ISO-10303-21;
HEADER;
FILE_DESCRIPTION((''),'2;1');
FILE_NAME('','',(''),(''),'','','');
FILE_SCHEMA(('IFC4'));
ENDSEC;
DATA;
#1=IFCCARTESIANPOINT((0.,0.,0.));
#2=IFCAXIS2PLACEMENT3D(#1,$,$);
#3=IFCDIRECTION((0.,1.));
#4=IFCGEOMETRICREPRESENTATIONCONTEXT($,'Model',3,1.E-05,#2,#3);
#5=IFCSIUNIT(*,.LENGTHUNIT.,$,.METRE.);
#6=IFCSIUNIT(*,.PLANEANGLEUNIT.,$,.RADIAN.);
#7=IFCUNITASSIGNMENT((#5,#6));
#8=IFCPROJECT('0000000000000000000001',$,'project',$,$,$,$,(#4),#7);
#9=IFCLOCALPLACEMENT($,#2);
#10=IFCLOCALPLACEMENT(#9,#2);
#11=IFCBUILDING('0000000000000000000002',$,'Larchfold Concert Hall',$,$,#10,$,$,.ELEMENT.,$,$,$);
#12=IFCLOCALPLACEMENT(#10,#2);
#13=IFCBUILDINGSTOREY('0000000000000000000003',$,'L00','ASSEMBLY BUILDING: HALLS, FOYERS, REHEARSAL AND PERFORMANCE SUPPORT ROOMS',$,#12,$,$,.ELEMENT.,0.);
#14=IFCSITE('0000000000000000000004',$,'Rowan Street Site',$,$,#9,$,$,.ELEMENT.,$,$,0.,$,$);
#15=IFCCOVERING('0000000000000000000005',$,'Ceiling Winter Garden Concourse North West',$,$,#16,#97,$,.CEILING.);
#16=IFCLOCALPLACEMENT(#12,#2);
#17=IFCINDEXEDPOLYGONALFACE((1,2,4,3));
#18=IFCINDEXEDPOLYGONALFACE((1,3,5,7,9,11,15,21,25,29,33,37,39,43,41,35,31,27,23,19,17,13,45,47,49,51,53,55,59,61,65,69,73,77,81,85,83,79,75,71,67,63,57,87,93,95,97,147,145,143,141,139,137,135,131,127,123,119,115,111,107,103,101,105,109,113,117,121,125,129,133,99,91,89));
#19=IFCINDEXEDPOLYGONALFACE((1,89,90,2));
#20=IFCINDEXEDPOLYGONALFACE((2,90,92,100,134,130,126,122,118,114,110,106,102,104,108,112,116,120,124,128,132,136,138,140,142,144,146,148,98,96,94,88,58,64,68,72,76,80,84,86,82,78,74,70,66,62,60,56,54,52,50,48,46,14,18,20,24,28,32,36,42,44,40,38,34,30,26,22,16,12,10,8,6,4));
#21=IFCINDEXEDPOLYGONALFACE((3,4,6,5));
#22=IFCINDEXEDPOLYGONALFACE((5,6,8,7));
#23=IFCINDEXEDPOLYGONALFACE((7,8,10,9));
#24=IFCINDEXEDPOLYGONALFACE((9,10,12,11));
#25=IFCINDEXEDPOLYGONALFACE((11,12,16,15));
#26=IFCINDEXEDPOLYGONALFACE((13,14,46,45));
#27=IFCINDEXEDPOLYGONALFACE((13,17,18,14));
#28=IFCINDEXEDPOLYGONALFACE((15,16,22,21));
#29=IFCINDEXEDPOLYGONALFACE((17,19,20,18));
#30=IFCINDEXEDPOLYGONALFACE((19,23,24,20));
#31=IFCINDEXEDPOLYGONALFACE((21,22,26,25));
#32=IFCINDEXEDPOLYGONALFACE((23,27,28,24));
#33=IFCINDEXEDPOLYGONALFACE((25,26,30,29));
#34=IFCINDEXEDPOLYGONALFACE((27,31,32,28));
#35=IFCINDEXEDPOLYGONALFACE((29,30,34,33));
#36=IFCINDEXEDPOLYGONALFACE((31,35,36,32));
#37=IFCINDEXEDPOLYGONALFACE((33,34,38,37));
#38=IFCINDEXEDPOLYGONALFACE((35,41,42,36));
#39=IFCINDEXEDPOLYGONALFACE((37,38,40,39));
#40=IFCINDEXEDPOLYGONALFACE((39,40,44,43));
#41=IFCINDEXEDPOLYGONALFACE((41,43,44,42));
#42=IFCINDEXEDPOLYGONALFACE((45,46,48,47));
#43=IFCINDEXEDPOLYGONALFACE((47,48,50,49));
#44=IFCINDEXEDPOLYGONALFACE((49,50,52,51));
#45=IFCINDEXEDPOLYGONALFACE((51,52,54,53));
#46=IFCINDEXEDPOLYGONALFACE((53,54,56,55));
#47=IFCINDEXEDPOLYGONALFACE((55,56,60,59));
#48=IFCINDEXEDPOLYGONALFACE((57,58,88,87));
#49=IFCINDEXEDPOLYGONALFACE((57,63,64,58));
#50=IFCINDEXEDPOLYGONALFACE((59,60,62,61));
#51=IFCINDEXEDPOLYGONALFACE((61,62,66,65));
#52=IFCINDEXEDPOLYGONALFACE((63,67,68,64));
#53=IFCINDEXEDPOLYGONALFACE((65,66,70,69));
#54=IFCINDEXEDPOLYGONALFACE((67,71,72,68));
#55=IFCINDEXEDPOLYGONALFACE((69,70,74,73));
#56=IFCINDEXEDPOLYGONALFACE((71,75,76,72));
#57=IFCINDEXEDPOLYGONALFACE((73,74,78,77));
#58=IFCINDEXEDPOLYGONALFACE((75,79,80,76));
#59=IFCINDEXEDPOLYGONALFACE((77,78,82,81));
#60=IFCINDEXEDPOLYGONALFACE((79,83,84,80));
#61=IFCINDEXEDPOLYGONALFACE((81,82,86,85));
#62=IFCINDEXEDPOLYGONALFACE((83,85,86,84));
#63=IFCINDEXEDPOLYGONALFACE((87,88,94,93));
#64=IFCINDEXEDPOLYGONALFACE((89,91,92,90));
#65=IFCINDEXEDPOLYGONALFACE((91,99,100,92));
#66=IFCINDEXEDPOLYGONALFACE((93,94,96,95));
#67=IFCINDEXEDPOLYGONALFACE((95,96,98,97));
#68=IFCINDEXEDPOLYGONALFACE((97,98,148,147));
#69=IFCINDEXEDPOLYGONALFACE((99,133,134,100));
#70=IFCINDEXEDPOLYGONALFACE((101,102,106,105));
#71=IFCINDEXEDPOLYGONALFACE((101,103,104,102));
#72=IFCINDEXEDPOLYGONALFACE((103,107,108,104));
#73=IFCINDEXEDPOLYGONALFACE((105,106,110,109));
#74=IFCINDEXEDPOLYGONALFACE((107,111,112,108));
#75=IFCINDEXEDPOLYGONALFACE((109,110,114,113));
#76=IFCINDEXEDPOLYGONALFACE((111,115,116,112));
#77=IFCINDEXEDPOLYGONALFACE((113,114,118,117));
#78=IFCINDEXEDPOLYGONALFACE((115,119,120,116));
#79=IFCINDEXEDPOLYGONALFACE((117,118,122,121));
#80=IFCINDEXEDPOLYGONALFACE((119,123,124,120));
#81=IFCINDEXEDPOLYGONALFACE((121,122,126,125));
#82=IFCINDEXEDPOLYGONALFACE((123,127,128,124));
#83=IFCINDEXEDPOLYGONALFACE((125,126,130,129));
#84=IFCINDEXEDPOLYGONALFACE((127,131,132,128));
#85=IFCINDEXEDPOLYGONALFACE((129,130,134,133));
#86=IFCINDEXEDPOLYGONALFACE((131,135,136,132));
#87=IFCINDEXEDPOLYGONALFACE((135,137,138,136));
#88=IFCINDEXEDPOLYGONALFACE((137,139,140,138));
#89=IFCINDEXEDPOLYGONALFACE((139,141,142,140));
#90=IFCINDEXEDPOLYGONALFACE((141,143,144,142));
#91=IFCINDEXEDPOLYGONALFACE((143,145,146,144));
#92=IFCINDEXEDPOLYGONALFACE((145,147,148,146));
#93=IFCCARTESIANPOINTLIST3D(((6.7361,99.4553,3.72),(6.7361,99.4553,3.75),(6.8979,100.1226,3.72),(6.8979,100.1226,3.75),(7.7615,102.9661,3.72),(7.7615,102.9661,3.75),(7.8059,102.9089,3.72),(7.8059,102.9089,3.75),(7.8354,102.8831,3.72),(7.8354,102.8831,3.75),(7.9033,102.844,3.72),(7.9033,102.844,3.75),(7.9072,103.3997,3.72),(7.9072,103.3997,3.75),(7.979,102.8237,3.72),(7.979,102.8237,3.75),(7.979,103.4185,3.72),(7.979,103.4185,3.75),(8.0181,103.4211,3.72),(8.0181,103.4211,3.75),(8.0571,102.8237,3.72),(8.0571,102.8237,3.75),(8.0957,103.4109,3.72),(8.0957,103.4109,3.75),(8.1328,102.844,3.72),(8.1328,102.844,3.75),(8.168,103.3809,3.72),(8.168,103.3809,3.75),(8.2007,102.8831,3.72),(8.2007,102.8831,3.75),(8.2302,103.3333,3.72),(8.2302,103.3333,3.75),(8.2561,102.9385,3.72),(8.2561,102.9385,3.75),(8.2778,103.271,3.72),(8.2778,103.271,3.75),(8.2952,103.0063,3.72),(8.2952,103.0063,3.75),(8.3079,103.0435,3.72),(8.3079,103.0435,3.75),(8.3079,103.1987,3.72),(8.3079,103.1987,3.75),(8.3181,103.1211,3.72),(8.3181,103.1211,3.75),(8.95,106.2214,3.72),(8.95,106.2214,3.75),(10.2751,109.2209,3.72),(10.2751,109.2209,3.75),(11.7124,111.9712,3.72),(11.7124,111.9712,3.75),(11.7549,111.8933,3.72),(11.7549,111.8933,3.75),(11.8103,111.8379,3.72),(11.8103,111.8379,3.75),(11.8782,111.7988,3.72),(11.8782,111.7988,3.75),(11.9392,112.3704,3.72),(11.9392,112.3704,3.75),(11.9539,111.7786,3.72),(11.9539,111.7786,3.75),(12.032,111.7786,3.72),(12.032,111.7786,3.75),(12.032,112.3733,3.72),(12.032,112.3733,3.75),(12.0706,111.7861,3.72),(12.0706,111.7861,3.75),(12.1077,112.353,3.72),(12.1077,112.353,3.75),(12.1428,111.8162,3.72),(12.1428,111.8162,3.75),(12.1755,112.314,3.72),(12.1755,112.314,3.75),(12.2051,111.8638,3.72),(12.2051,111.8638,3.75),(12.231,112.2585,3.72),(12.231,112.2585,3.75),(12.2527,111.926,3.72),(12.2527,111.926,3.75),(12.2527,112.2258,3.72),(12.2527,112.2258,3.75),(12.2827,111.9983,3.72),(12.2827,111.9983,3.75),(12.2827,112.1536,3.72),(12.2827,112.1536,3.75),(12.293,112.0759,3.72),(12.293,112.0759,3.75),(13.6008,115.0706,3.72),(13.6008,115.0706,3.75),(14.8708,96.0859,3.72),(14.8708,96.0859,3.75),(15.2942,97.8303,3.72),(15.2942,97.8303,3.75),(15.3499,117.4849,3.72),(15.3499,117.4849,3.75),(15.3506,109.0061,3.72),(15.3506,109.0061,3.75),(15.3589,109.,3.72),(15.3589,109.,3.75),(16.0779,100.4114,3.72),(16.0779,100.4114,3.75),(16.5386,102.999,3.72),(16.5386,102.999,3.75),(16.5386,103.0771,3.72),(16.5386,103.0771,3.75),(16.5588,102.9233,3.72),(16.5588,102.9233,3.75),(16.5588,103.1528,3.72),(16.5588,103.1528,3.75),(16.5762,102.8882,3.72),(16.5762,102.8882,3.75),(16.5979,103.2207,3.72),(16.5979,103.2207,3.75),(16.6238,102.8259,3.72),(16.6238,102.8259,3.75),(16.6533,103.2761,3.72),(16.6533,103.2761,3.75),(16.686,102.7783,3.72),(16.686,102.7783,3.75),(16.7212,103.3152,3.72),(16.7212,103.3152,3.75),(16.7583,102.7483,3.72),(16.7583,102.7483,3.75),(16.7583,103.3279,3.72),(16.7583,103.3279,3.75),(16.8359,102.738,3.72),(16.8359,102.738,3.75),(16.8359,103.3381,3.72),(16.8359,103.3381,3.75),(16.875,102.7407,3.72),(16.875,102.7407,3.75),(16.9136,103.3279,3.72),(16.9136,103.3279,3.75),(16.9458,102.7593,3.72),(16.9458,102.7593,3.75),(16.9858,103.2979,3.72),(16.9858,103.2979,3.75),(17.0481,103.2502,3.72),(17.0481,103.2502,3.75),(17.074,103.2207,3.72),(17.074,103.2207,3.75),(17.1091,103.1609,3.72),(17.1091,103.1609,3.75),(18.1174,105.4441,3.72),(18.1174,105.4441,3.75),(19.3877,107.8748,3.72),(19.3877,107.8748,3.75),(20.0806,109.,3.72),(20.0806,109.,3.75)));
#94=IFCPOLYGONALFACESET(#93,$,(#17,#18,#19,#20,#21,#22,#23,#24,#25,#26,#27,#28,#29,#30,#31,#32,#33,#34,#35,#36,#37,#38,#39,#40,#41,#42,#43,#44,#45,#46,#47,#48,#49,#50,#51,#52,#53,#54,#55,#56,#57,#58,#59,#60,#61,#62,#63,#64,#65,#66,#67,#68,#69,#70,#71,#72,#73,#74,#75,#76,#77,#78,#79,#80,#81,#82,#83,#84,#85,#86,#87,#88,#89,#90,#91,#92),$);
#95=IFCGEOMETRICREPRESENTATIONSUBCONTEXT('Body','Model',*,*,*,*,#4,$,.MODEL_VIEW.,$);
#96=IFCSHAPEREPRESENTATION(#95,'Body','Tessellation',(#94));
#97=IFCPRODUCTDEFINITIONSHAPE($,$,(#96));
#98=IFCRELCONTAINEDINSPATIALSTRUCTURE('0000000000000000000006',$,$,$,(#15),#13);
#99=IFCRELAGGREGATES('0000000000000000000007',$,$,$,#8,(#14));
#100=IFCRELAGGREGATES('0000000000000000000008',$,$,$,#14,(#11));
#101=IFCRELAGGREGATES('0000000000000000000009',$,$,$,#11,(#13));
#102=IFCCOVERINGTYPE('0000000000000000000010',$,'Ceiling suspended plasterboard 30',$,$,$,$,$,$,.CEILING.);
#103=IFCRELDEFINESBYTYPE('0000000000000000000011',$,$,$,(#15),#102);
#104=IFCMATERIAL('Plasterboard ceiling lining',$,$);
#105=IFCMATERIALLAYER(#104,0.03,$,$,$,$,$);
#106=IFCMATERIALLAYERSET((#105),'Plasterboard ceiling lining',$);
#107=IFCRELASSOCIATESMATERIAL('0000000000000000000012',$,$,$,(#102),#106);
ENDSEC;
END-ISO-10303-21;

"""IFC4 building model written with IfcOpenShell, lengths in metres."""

from ifc_helpers import new_model, si_unit, direction, frame, origin, place, context, subcontext, project, spatial, polyline, outline, extrude, material, layer, layer_set, type_object, element, save


model = new_model("IFC4")

# Units and contexts
model_context = context("Model", 3, precision=1e-05, world=origin(), true_north=direction((0.0, 1.0)))
body_context = subcontext(model_context, "Body", "Model", "MODEL_VIEW")
ifc_project = project(units=[si_unit("LENGTHUNIT", "METRE"), si_unit("PLANEANGLEUNIT", "RADIAN")], contexts=[model_context])

# Site, building, storey
site_placement = place(None, origin())
site = spatial("IfcSite", under=ifc_project, at=site_placement, Name="Rowan Street Site", CompositionType="ELEMENT", RefElevation=0.0)
building_placement = place(site_placement, origin())
building = spatial("IfcBuilding", under=site, at=building_placement, Name="Larchfold Concert Hall", CompositionType="ELEMENT")
storey_placement = place(building_placement, origin())
storey = spatial("IfcBuildingStorey", under=building, at=storey_placement, Name="L00", Description="ASSEMBLY BUILDING: HALLS, FOYERS, REHEARSAL AND PERFORMANCE SUPPORT ROOMS", CompositionType="ELEMENT", Elevation=0.0)

# Covering
ifc_material_1 = material(Name="Plasterboard ceiling lining")
ifc_layer_1 = layer(ifc_material_1, 0.03)
ifc_layer_set_1 = layer_set([ifc_layer_1], Name="Plasterboard ceiling lining")
covering_type_1 = type_object("IfcCoveringType", Name="Ceiling suspended plasterboard 30", PredefinedType="CEILING", material=ifc_layer_set_1)
covering_1_placement = place(storey_placement, frame((0.0, 0.0, 3.72)))
element("IfcCovering", 1, at=covering_1_placement, inside=storey, type_object=covering_type_1, Name="Ceiling Winter Garden Concourse North West", PredefinedType="CEILING", context=body_context, shape_type="SweptSolid", body=[
    extrude(outline(polyline([(6.8979, 100.1226), (6.7361, 99.4553), (14.8708, 96.0859), (15.2942, 97.8303), (16.0779, 100.4114), (16.9458, 102.7593), (16.875, 102.7407), (16.8359, 102.738), (16.7583, 102.7483), (16.686, 102.7783), (16.6238, 102.8259), (16.5762, 102.8882), (16.5588, 102.9233), (16.5386, 102.999), (16.5386, 103.0771), (16.5588, 103.1528), (16.5979, 103.2207), (16.6533, 103.2761), (16.7212, 103.3152), (16.7583, 103.3279), (16.8359, 103.3381), (16.9136, 103.3279), (16.9858, 103.2979), (17.0481, 103.2502), (17.074, 103.2207), (17.1091, 103.1609), (18.1174, 105.4441), (19.3877, 107.8748), (20.0806, 109.0), (15.3589, 109.0), (15.3506, 109.0061), (15.3499, 117.4849), (13.6008, 115.0706), (11.9392, 112.3704), (12.032, 112.3733), (12.1077, 112.353), (12.1755, 112.314), (12.231, 112.2585), (12.2527, 112.2258), (12.2827, 112.1536), (12.293, 112.0759), (12.2827, 111.9983), (12.2527, 111.926), (12.2051, 111.8638), (12.1428, 111.8162), (12.0706, 111.7861), (12.032, 111.7786), (11.9539, 111.7786), (11.8782, 111.7988), (11.8103, 111.8379), (11.7549, 111.8933), (11.7124, 111.9712), (10.2751, 109.2209), (8.95, 106.2214), (7.9072, 103.3997), (7.979, 103.4185), (8.0181, 103.4211), (8.0957, 103.4109), (8.168, 103.3809), (8.2302, 103.3333), (8.2778, 103.271), (8.3079, 103.1987), (8.3181, 103.1211), (8.3079, 103.0435), (8.2952, 103.0063), (8.2561, 102.9385), (8.2007, 102.8831), (8.1328, 102.844), (8.0571, 102.8237), (7.979, 102.8237), (7.9033, 102.844), (7.8354, 102.8831), (7.8059, 102.9089), (7.7615, 102.9661), (6.8979, 100.1226)])), origin(), (0.0, 0.0, 1.0), 0.03),
])

save(model, "model.ifc")
